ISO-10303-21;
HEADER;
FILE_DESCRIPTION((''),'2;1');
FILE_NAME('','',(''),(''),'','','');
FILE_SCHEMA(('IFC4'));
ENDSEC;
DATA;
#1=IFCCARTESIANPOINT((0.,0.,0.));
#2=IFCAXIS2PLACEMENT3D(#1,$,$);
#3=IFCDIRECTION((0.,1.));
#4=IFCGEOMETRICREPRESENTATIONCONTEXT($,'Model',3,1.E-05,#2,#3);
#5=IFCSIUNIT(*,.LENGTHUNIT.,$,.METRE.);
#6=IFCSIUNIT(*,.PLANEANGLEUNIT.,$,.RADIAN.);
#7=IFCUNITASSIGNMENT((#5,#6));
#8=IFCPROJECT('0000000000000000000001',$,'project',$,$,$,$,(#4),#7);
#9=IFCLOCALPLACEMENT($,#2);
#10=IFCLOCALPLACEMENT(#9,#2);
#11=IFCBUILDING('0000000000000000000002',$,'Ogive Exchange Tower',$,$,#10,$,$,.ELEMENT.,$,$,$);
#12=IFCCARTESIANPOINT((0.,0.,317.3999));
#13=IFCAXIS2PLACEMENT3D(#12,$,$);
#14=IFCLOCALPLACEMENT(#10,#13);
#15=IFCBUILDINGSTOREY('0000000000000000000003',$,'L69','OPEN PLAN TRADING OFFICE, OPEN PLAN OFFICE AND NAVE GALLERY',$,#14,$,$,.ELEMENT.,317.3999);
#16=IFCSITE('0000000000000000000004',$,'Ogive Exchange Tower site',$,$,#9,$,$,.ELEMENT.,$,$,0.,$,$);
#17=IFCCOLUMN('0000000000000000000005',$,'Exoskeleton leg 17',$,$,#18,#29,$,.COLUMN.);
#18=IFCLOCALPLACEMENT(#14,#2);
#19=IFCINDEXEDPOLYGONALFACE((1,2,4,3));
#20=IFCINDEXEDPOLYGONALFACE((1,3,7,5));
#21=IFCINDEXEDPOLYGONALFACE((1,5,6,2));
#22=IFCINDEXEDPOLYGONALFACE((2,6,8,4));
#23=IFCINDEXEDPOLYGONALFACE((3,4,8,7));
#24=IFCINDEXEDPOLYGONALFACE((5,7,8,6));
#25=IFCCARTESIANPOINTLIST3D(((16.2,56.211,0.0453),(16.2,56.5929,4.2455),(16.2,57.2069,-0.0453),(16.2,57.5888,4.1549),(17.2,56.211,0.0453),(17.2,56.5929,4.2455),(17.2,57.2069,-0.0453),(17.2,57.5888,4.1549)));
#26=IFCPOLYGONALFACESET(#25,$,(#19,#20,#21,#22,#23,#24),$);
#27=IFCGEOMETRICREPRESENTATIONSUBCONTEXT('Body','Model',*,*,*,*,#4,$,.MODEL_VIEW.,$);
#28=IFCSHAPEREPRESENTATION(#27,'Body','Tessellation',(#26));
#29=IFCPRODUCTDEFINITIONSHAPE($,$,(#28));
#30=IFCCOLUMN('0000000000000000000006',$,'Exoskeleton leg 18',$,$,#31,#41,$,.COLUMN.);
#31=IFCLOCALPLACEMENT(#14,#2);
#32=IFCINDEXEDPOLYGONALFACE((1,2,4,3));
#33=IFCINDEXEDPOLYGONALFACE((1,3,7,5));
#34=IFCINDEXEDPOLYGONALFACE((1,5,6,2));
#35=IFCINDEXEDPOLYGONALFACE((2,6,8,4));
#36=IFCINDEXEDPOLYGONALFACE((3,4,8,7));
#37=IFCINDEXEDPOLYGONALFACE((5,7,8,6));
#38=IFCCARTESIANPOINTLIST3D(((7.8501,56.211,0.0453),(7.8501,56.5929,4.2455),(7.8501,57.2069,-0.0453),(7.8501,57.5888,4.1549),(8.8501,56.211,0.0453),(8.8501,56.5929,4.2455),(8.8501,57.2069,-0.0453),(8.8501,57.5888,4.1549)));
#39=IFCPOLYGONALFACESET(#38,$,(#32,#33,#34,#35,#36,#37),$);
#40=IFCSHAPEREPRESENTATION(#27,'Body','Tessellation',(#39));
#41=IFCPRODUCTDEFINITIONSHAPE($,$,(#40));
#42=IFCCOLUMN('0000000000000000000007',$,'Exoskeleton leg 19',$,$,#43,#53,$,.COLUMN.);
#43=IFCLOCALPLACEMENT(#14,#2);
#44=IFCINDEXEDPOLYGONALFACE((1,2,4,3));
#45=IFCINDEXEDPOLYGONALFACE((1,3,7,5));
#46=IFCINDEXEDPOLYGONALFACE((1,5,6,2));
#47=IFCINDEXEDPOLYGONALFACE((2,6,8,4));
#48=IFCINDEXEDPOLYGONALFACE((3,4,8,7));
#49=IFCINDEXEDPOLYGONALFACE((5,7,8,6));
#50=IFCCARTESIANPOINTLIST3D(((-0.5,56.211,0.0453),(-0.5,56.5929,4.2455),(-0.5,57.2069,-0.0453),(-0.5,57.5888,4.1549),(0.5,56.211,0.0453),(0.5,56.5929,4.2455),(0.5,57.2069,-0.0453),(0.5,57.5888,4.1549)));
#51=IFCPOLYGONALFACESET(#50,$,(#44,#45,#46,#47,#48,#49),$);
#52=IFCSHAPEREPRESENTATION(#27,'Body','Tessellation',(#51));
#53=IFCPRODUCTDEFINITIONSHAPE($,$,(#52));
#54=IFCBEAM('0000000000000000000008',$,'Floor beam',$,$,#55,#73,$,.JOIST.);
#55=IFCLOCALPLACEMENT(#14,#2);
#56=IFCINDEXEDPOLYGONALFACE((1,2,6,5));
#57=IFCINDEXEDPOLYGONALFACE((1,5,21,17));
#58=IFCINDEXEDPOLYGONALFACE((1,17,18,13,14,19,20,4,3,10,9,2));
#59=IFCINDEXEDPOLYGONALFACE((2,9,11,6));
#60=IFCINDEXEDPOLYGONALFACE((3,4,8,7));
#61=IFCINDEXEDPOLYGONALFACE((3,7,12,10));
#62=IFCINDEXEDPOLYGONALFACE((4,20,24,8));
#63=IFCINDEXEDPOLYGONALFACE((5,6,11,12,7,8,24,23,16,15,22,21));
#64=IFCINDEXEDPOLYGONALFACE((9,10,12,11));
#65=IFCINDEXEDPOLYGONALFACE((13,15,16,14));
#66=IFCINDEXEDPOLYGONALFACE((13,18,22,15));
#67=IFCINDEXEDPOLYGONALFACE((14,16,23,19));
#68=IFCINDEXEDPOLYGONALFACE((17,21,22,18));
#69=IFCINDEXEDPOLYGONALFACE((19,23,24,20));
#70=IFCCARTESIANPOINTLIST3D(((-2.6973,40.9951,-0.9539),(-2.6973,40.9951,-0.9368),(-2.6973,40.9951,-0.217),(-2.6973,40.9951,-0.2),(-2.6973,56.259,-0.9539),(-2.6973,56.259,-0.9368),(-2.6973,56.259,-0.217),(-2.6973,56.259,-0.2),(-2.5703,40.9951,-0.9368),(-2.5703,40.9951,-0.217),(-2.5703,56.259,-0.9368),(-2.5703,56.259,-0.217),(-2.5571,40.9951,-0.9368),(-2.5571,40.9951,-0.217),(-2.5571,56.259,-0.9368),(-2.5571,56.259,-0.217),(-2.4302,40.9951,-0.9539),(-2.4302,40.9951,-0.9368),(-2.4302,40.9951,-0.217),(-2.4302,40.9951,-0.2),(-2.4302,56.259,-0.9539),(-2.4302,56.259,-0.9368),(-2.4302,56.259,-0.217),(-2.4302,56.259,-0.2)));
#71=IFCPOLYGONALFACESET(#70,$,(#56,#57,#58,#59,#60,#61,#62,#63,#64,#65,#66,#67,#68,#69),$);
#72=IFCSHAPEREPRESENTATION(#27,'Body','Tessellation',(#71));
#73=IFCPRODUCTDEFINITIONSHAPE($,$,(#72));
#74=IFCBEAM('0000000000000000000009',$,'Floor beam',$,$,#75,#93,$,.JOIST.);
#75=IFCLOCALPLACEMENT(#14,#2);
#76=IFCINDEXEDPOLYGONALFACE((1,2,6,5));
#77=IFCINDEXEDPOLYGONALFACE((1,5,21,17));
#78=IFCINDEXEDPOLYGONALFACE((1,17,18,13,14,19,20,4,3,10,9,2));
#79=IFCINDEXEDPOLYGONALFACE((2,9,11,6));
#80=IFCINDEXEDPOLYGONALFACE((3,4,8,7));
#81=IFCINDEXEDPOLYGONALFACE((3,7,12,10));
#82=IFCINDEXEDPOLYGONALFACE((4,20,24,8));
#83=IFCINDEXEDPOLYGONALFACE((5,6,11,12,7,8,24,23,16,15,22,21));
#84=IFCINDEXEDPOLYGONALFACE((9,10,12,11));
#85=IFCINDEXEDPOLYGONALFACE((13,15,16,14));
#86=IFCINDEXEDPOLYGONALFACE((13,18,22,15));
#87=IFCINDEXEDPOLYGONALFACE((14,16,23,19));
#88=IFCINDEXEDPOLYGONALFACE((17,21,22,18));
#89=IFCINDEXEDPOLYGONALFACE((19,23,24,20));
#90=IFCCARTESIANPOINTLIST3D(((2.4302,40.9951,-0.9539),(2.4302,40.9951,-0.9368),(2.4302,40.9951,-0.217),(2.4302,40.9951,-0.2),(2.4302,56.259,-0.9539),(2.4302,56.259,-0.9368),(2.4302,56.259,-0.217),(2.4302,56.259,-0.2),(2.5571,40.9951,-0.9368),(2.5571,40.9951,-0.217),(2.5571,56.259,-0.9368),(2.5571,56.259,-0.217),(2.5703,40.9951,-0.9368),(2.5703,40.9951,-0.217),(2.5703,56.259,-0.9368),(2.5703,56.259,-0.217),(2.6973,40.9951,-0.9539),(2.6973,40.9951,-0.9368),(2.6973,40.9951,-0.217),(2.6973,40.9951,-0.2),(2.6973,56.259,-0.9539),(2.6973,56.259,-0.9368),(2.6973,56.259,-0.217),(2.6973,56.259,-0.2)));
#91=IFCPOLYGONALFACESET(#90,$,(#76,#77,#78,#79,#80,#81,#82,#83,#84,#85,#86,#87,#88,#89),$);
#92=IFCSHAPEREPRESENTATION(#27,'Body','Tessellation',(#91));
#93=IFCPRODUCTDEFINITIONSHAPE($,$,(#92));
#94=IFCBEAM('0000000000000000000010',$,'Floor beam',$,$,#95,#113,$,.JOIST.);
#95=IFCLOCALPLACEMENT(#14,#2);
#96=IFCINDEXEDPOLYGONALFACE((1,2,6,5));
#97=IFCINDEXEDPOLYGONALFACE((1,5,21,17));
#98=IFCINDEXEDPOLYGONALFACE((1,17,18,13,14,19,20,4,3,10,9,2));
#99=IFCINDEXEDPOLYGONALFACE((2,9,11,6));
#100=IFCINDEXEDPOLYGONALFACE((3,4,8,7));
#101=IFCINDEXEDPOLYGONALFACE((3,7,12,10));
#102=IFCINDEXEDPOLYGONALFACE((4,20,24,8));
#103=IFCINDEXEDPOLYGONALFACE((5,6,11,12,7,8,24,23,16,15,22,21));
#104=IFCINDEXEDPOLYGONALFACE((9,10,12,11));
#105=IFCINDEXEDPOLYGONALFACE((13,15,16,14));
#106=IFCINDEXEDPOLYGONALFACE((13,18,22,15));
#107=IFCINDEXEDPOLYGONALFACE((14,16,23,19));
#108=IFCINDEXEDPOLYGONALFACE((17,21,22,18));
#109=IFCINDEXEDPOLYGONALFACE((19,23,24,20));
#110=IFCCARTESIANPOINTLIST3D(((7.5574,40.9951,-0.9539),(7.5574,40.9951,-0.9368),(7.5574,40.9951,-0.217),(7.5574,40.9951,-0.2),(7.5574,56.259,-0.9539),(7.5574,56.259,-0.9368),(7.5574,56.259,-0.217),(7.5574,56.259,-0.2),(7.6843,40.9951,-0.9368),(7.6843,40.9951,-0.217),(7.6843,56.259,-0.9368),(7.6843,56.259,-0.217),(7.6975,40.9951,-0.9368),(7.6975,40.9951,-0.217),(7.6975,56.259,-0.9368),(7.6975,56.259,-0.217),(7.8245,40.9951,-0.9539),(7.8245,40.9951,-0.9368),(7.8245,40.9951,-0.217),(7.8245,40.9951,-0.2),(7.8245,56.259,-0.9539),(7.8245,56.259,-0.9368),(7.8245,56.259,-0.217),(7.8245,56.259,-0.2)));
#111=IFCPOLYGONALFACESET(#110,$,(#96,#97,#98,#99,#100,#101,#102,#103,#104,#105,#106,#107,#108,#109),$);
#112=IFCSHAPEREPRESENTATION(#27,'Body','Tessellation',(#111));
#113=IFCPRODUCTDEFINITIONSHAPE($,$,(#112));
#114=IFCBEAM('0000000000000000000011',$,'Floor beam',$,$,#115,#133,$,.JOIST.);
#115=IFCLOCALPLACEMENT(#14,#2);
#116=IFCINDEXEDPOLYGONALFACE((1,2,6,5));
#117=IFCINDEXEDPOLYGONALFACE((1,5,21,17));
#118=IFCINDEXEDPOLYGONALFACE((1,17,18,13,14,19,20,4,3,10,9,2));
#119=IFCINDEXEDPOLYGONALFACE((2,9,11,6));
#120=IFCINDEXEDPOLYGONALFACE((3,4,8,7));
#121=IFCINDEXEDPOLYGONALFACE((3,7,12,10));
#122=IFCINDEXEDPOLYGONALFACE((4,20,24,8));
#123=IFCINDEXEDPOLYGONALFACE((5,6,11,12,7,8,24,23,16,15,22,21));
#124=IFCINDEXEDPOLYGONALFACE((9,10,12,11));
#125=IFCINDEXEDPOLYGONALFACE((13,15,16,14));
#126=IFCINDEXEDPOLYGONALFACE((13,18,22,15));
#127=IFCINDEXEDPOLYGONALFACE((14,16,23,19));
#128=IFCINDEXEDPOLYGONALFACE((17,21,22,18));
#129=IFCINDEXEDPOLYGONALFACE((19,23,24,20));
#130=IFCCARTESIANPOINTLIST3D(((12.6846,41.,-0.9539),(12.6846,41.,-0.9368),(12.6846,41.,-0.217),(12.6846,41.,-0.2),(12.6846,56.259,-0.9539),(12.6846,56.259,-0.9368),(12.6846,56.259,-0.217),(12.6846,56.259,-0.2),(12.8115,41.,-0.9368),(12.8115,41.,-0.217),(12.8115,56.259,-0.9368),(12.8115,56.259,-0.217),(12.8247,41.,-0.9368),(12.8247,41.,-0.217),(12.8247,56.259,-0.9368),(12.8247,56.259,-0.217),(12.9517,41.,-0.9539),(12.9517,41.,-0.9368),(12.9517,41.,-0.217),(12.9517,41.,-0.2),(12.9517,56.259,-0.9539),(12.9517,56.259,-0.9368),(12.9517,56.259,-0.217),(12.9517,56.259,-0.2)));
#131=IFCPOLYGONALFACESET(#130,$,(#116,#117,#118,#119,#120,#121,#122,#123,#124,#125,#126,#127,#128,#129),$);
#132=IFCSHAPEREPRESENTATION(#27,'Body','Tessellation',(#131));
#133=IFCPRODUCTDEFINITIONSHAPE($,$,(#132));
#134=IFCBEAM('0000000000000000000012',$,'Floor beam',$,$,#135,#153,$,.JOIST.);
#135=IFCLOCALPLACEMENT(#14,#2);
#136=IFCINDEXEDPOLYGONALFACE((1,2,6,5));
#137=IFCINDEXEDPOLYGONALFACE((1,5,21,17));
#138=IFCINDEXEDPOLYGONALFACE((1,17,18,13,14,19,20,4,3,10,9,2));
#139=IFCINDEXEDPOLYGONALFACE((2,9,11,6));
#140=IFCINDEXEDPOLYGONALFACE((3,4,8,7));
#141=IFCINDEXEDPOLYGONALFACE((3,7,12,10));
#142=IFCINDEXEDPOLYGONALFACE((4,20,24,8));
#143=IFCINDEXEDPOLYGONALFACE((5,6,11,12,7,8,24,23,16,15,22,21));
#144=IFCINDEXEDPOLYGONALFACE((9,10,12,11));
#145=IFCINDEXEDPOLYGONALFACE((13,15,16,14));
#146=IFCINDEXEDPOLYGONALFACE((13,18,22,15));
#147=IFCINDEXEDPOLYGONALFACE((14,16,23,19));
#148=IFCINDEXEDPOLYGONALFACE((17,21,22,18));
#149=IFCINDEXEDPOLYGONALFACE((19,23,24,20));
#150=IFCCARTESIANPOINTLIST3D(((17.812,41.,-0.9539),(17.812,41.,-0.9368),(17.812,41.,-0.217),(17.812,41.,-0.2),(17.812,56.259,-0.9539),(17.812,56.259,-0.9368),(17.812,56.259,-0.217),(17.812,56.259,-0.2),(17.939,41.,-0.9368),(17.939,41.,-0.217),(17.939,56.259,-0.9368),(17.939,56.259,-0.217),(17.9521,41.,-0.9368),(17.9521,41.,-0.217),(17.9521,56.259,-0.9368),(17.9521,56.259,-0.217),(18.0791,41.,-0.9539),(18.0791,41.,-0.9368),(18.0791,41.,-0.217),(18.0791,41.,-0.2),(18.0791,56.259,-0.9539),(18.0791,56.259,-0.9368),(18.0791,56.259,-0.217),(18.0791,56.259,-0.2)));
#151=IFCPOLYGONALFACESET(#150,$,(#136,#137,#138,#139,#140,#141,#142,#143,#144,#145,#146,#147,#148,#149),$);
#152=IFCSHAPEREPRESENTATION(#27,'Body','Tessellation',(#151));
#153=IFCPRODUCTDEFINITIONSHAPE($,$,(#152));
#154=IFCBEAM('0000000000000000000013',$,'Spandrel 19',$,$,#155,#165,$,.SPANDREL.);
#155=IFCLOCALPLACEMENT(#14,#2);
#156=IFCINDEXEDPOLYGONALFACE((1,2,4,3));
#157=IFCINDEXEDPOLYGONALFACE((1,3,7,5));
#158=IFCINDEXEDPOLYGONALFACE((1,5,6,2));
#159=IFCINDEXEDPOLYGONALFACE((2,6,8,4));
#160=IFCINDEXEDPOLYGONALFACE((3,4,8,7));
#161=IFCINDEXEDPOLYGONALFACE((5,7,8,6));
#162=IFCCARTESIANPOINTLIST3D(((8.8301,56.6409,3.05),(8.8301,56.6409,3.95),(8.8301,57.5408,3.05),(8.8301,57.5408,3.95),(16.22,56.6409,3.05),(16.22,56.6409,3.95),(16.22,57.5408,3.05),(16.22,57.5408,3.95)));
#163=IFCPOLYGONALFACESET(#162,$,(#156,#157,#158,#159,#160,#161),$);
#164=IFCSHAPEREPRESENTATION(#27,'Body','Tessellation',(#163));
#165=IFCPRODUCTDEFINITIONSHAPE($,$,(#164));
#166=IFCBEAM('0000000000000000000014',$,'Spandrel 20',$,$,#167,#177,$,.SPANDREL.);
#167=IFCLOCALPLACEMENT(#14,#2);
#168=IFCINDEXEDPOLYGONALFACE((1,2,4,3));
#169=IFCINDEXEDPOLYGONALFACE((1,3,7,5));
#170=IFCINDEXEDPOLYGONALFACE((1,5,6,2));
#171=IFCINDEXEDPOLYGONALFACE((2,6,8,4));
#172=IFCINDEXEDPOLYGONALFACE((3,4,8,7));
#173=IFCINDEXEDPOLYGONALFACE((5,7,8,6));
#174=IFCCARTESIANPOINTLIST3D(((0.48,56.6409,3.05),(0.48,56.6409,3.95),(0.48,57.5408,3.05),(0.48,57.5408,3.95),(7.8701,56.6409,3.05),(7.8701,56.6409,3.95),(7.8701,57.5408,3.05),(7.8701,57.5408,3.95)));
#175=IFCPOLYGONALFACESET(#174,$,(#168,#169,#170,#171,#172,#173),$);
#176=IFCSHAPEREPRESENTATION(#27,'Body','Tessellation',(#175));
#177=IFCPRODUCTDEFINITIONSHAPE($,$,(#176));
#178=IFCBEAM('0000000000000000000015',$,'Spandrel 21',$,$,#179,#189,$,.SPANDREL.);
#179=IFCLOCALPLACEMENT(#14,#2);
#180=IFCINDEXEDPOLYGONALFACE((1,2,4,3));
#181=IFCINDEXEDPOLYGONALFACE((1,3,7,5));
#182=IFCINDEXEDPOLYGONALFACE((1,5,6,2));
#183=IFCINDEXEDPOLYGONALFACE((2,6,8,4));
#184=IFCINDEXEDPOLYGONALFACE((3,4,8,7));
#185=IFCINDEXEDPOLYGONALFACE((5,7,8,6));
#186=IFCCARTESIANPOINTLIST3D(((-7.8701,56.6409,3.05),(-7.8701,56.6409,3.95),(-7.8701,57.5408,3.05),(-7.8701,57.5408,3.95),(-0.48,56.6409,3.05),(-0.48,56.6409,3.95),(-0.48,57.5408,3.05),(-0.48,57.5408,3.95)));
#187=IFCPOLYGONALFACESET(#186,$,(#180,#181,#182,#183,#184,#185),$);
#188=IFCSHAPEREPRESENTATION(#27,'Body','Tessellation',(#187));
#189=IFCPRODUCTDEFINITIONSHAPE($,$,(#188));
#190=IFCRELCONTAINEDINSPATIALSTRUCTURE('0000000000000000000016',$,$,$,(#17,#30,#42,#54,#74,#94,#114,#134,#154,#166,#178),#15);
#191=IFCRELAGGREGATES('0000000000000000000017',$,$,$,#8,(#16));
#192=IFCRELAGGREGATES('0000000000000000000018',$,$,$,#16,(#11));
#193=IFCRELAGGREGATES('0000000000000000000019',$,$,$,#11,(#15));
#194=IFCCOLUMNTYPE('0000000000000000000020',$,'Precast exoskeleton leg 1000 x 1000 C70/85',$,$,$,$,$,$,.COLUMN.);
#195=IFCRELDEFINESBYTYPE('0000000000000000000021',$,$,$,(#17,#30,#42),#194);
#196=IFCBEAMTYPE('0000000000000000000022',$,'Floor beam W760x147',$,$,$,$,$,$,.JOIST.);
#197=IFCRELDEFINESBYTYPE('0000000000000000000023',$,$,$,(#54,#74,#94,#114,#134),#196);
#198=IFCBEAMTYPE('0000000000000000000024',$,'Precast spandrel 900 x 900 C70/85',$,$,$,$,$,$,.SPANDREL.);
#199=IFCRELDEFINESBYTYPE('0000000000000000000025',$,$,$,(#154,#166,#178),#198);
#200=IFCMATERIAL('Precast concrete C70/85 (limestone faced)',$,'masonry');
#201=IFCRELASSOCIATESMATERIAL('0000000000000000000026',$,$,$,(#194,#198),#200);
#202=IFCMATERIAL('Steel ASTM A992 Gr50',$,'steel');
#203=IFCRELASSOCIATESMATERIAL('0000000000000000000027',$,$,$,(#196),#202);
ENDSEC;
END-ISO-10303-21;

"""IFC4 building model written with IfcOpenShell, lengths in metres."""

from ifc_helpers import new_model, si_unit, direction, frame, origin, origin_2d, place, context, subcontext, project, spatial, rectangle, i_section, extrude, material, material_profile, profile_set, type_object, element, save


model = new_model("IFC4")

# Units and contexts
model_context = context("Model", 3, precision=1e-05, world=origin(), true_north=direction((0.0, 1.0)))
body_context = subcontext(model_context, "Body", "Model", "MODEL_VIEW")
ifc_project = project(units=[si_unit("LENGTHUNIT", "METRE"), si_unit("PLANEANGLEUNIT", "RADIAN")], contexts=[model_context])

# Site, building, storey
site_placement = place(None, origin())
site = spatial("IfcSite", under=ifc_project, at=site_placement, Name="Ogive Exchange Tower site", CompositionType="ELEMENT", RefElevation=0.0)
building_placement = place(site_placement, origin())
building = spatial("IfcBuilding", under=site, at=building_placement, Name="Ogive Exchange Tower", CompositionType="ELEMENT")
storey_placement = place(building_placement, frame((0.0, 0.0, 317.3999)))
storey = spatial("IfcBuildingStorey", under=building, at=storey_placement, Name="L69", Description="OPEN PLAN TRADING OFFICE, OPEN PLAN OFFICE AND NAVE GALLERY", CompositionType="ELEMENT", Elevation=317.3999)

# Columns
ifc_material_1 = material(Name="Precast concrete C70/85 (limestone faced)", Category="masonry")
ifc_material_profile_1 = material_profile(ifc_material_1, rectangle(XDim=1.0, YDim=1.0, at=origin_2d()), Name="1000 x 1000")
ifc_profile_set_1 = profile_set([ifc_material_profile_1], Name="Precast concrete C70/85 (limestone faced)")
column_type = type_object("IfcColumnType", Name="Precast exoskeleton leg 1000 x 1000 C70/85", PredefinedType="COLUMN", material=ifc_profile_set_1)
for number, where, z_axis, x_axis, name in (
    (1, (16.7, 56.709, 0.0), (0.0, 0.090536, 0.995893), (-1.0, 0.0, 0.0), "Exoskeleton leg 17"),
    (2, (8.3501, 56.709, 0.0), (0.0, 0.090536, 0.995893), (-1.0, 0.0, 0.0), "Exoskeleton leg 18"),
    (3, (0.0, 56.709, 0.0), (0.0, 0.090536, 0.995893), (-1.0, 0.0, 0.0), "Exoskeleton leg 19"),
):
    element("IfcColumn", number, at=place(storey_placement, frame(where, z_axis=z_axis, x_axis=x_axis)), inside=storey, type_object=column_type, Name=name, PredefinedType="COLUMN", context=body_context, shape_type="SweptSolid", body=[
        extrude(rectangle(XDim=1.0, YDim=1.0, at=origin_2d()), origin(), (0.0, 0.0, 1.0), 4.2175),
    ])

# Beams
ifc_material_2 = material(Name="Steel ASTM A992 Gr50", Category="steel")
ifc_material_profile_2 = material_profile(ifc_material_2, i_section(OverallWidth=0.2671, OverallDepth=0.7539, WebThickness=0.0132, FlangeThickness=0.0171, at=origin_2d()), Name="W760x147")
ifc_profile_set_2 = profile_set([ifc_material_profile_2], Name="Steel ASTM A992 Gr50")
beam_type_1 = type_object("IfcBeamType", Name="Floor beam W760x147", PredefinedType="JOIST", material=ifc_profile_set_2)
for number, where, z_axis, x_axis, name in (
    (4, (-2.5637, 40.9951, -0.5769), (0.0, 1.0, 0.0), (-1.0, 0.0, 0.0), "Floor beam"),
    (5, (2.5637, 40.9951, -0.5769), (0.0, 1.0, 0.0), (-1.0, 0.0, 0.0), "Floor beam"),
    (6, (7.6909, 40.9951, -0.5769), (0.0, 1.0, 0.0), (-1.0, 0.0, 0.0), "Floor beam"),
):
    element("IfcBeam", number, at=place(storey_placement, frame(where, z_axis=z_axis, x_axis=x_axis)), inside=storey, type_object=beam_type_1, Name=name, PredefinedType="JOIST", context=body_context, shape_type="SweptSolid", body=[
        extrude(i_section(OverallWidth=0.2671, OverallDepth=0.7539, WebThickness=0.0132, FlangeThickness=0.0171, at=origin_2d()), origin(), (0.0, 0.0, 1.0), 15.2639),
    ])
for number, where, z_axis, x_axis, name in (
    (7, (12.8181, 41.0, -0.5769), (0.0, 1.0, 0.0), (-1.0, 0.0, 0.0), "Floor beam"),
    (8, (17.9456, 41.0, -0.5769), (0.0, 1.0, 0.0), (-1.0, 0.0, 0.0), "Floor beam"),
):
    element("IfcBeam", number, at=place(storey_placement, frame(where, z_axis=z_axis, x_axis=x_axis)), inside=storey, type_object=beam_type_1, Name=name, PredefinedType="JOIST", context=body_context, shape_type="SweptSolid", body=[
        extrude(i_section(OverallWidth=0.2671, OverallDepth=0.7539, WebThickness=0.0132, FlangeThickness=0.0171, at=origin_2d()), origin(), (0.0, 0.0, 1.0), 15.259),
    ])
ifc_material_profile_3 = material_profile(ifc_material_1, rectangle(XDim=0.8999, YDim=0.8999, at=origin_2d()), Name="900 x 900")
ifc_profile_set_3 = profile_set([ifc_material_profile_3], Name="Precast concrete C70/85 (limestone faced)")
beam_type_2 = type_object("IfcBeamType", Name="Precast spandrel 900 x 900 C70/85", PredefinedType="SPANDREL", material=ifc_profile_set_3)
beam_placement = place(storey_placement, frame((16.22, 57.0908, 3.5), z_axis=(-1.0, 0.0, 0.0), x_axis=(0.0, -1.0, 0.0)))
element("IfcBeam", 9, at=beam_placement, inside=storey, type_object=beam_type_2, Name="Spandrel 19", PredefinedType="SPANDREL", context=body_context, shape_type="SweptSolid", body=[
    extrude(rectangle(XDim=0.8999, YDim=0.8999, at=origin_2d()), origin(), (0.0, 0.0, 1.0), 7.3899),
])
for number, where, z_axis, x_axis, name in (
    (10, (7.8701, 57.0908, 3.5), (-1.0, 0.0, 0.0), (0.0, -1.0, 0.0), "Spandrel 20"),
    (11, (-0.48, 57.0908, 3.5), (-1.0, 0.0, 0.0), (0.0, -1.0, 0.0), "Spandrel 21"),
):
    element("IfcBeam", number, at=place(storey_placement, frame(where, z_axis=z_axis, x_axis=x_axis)), inside=storey, type_object=beam_type_2, Name=name, PredefinedType="SPANDREL", context=body_context, shape_type="SweptSolid", body=[
        extrude(rectangle(XDim=0.8999, YDim=0.8999, at=origin_2d()), origin(), (0.0, 0.0, 1.0), 7.3901),
    ])

save(model, "model.ifc")
